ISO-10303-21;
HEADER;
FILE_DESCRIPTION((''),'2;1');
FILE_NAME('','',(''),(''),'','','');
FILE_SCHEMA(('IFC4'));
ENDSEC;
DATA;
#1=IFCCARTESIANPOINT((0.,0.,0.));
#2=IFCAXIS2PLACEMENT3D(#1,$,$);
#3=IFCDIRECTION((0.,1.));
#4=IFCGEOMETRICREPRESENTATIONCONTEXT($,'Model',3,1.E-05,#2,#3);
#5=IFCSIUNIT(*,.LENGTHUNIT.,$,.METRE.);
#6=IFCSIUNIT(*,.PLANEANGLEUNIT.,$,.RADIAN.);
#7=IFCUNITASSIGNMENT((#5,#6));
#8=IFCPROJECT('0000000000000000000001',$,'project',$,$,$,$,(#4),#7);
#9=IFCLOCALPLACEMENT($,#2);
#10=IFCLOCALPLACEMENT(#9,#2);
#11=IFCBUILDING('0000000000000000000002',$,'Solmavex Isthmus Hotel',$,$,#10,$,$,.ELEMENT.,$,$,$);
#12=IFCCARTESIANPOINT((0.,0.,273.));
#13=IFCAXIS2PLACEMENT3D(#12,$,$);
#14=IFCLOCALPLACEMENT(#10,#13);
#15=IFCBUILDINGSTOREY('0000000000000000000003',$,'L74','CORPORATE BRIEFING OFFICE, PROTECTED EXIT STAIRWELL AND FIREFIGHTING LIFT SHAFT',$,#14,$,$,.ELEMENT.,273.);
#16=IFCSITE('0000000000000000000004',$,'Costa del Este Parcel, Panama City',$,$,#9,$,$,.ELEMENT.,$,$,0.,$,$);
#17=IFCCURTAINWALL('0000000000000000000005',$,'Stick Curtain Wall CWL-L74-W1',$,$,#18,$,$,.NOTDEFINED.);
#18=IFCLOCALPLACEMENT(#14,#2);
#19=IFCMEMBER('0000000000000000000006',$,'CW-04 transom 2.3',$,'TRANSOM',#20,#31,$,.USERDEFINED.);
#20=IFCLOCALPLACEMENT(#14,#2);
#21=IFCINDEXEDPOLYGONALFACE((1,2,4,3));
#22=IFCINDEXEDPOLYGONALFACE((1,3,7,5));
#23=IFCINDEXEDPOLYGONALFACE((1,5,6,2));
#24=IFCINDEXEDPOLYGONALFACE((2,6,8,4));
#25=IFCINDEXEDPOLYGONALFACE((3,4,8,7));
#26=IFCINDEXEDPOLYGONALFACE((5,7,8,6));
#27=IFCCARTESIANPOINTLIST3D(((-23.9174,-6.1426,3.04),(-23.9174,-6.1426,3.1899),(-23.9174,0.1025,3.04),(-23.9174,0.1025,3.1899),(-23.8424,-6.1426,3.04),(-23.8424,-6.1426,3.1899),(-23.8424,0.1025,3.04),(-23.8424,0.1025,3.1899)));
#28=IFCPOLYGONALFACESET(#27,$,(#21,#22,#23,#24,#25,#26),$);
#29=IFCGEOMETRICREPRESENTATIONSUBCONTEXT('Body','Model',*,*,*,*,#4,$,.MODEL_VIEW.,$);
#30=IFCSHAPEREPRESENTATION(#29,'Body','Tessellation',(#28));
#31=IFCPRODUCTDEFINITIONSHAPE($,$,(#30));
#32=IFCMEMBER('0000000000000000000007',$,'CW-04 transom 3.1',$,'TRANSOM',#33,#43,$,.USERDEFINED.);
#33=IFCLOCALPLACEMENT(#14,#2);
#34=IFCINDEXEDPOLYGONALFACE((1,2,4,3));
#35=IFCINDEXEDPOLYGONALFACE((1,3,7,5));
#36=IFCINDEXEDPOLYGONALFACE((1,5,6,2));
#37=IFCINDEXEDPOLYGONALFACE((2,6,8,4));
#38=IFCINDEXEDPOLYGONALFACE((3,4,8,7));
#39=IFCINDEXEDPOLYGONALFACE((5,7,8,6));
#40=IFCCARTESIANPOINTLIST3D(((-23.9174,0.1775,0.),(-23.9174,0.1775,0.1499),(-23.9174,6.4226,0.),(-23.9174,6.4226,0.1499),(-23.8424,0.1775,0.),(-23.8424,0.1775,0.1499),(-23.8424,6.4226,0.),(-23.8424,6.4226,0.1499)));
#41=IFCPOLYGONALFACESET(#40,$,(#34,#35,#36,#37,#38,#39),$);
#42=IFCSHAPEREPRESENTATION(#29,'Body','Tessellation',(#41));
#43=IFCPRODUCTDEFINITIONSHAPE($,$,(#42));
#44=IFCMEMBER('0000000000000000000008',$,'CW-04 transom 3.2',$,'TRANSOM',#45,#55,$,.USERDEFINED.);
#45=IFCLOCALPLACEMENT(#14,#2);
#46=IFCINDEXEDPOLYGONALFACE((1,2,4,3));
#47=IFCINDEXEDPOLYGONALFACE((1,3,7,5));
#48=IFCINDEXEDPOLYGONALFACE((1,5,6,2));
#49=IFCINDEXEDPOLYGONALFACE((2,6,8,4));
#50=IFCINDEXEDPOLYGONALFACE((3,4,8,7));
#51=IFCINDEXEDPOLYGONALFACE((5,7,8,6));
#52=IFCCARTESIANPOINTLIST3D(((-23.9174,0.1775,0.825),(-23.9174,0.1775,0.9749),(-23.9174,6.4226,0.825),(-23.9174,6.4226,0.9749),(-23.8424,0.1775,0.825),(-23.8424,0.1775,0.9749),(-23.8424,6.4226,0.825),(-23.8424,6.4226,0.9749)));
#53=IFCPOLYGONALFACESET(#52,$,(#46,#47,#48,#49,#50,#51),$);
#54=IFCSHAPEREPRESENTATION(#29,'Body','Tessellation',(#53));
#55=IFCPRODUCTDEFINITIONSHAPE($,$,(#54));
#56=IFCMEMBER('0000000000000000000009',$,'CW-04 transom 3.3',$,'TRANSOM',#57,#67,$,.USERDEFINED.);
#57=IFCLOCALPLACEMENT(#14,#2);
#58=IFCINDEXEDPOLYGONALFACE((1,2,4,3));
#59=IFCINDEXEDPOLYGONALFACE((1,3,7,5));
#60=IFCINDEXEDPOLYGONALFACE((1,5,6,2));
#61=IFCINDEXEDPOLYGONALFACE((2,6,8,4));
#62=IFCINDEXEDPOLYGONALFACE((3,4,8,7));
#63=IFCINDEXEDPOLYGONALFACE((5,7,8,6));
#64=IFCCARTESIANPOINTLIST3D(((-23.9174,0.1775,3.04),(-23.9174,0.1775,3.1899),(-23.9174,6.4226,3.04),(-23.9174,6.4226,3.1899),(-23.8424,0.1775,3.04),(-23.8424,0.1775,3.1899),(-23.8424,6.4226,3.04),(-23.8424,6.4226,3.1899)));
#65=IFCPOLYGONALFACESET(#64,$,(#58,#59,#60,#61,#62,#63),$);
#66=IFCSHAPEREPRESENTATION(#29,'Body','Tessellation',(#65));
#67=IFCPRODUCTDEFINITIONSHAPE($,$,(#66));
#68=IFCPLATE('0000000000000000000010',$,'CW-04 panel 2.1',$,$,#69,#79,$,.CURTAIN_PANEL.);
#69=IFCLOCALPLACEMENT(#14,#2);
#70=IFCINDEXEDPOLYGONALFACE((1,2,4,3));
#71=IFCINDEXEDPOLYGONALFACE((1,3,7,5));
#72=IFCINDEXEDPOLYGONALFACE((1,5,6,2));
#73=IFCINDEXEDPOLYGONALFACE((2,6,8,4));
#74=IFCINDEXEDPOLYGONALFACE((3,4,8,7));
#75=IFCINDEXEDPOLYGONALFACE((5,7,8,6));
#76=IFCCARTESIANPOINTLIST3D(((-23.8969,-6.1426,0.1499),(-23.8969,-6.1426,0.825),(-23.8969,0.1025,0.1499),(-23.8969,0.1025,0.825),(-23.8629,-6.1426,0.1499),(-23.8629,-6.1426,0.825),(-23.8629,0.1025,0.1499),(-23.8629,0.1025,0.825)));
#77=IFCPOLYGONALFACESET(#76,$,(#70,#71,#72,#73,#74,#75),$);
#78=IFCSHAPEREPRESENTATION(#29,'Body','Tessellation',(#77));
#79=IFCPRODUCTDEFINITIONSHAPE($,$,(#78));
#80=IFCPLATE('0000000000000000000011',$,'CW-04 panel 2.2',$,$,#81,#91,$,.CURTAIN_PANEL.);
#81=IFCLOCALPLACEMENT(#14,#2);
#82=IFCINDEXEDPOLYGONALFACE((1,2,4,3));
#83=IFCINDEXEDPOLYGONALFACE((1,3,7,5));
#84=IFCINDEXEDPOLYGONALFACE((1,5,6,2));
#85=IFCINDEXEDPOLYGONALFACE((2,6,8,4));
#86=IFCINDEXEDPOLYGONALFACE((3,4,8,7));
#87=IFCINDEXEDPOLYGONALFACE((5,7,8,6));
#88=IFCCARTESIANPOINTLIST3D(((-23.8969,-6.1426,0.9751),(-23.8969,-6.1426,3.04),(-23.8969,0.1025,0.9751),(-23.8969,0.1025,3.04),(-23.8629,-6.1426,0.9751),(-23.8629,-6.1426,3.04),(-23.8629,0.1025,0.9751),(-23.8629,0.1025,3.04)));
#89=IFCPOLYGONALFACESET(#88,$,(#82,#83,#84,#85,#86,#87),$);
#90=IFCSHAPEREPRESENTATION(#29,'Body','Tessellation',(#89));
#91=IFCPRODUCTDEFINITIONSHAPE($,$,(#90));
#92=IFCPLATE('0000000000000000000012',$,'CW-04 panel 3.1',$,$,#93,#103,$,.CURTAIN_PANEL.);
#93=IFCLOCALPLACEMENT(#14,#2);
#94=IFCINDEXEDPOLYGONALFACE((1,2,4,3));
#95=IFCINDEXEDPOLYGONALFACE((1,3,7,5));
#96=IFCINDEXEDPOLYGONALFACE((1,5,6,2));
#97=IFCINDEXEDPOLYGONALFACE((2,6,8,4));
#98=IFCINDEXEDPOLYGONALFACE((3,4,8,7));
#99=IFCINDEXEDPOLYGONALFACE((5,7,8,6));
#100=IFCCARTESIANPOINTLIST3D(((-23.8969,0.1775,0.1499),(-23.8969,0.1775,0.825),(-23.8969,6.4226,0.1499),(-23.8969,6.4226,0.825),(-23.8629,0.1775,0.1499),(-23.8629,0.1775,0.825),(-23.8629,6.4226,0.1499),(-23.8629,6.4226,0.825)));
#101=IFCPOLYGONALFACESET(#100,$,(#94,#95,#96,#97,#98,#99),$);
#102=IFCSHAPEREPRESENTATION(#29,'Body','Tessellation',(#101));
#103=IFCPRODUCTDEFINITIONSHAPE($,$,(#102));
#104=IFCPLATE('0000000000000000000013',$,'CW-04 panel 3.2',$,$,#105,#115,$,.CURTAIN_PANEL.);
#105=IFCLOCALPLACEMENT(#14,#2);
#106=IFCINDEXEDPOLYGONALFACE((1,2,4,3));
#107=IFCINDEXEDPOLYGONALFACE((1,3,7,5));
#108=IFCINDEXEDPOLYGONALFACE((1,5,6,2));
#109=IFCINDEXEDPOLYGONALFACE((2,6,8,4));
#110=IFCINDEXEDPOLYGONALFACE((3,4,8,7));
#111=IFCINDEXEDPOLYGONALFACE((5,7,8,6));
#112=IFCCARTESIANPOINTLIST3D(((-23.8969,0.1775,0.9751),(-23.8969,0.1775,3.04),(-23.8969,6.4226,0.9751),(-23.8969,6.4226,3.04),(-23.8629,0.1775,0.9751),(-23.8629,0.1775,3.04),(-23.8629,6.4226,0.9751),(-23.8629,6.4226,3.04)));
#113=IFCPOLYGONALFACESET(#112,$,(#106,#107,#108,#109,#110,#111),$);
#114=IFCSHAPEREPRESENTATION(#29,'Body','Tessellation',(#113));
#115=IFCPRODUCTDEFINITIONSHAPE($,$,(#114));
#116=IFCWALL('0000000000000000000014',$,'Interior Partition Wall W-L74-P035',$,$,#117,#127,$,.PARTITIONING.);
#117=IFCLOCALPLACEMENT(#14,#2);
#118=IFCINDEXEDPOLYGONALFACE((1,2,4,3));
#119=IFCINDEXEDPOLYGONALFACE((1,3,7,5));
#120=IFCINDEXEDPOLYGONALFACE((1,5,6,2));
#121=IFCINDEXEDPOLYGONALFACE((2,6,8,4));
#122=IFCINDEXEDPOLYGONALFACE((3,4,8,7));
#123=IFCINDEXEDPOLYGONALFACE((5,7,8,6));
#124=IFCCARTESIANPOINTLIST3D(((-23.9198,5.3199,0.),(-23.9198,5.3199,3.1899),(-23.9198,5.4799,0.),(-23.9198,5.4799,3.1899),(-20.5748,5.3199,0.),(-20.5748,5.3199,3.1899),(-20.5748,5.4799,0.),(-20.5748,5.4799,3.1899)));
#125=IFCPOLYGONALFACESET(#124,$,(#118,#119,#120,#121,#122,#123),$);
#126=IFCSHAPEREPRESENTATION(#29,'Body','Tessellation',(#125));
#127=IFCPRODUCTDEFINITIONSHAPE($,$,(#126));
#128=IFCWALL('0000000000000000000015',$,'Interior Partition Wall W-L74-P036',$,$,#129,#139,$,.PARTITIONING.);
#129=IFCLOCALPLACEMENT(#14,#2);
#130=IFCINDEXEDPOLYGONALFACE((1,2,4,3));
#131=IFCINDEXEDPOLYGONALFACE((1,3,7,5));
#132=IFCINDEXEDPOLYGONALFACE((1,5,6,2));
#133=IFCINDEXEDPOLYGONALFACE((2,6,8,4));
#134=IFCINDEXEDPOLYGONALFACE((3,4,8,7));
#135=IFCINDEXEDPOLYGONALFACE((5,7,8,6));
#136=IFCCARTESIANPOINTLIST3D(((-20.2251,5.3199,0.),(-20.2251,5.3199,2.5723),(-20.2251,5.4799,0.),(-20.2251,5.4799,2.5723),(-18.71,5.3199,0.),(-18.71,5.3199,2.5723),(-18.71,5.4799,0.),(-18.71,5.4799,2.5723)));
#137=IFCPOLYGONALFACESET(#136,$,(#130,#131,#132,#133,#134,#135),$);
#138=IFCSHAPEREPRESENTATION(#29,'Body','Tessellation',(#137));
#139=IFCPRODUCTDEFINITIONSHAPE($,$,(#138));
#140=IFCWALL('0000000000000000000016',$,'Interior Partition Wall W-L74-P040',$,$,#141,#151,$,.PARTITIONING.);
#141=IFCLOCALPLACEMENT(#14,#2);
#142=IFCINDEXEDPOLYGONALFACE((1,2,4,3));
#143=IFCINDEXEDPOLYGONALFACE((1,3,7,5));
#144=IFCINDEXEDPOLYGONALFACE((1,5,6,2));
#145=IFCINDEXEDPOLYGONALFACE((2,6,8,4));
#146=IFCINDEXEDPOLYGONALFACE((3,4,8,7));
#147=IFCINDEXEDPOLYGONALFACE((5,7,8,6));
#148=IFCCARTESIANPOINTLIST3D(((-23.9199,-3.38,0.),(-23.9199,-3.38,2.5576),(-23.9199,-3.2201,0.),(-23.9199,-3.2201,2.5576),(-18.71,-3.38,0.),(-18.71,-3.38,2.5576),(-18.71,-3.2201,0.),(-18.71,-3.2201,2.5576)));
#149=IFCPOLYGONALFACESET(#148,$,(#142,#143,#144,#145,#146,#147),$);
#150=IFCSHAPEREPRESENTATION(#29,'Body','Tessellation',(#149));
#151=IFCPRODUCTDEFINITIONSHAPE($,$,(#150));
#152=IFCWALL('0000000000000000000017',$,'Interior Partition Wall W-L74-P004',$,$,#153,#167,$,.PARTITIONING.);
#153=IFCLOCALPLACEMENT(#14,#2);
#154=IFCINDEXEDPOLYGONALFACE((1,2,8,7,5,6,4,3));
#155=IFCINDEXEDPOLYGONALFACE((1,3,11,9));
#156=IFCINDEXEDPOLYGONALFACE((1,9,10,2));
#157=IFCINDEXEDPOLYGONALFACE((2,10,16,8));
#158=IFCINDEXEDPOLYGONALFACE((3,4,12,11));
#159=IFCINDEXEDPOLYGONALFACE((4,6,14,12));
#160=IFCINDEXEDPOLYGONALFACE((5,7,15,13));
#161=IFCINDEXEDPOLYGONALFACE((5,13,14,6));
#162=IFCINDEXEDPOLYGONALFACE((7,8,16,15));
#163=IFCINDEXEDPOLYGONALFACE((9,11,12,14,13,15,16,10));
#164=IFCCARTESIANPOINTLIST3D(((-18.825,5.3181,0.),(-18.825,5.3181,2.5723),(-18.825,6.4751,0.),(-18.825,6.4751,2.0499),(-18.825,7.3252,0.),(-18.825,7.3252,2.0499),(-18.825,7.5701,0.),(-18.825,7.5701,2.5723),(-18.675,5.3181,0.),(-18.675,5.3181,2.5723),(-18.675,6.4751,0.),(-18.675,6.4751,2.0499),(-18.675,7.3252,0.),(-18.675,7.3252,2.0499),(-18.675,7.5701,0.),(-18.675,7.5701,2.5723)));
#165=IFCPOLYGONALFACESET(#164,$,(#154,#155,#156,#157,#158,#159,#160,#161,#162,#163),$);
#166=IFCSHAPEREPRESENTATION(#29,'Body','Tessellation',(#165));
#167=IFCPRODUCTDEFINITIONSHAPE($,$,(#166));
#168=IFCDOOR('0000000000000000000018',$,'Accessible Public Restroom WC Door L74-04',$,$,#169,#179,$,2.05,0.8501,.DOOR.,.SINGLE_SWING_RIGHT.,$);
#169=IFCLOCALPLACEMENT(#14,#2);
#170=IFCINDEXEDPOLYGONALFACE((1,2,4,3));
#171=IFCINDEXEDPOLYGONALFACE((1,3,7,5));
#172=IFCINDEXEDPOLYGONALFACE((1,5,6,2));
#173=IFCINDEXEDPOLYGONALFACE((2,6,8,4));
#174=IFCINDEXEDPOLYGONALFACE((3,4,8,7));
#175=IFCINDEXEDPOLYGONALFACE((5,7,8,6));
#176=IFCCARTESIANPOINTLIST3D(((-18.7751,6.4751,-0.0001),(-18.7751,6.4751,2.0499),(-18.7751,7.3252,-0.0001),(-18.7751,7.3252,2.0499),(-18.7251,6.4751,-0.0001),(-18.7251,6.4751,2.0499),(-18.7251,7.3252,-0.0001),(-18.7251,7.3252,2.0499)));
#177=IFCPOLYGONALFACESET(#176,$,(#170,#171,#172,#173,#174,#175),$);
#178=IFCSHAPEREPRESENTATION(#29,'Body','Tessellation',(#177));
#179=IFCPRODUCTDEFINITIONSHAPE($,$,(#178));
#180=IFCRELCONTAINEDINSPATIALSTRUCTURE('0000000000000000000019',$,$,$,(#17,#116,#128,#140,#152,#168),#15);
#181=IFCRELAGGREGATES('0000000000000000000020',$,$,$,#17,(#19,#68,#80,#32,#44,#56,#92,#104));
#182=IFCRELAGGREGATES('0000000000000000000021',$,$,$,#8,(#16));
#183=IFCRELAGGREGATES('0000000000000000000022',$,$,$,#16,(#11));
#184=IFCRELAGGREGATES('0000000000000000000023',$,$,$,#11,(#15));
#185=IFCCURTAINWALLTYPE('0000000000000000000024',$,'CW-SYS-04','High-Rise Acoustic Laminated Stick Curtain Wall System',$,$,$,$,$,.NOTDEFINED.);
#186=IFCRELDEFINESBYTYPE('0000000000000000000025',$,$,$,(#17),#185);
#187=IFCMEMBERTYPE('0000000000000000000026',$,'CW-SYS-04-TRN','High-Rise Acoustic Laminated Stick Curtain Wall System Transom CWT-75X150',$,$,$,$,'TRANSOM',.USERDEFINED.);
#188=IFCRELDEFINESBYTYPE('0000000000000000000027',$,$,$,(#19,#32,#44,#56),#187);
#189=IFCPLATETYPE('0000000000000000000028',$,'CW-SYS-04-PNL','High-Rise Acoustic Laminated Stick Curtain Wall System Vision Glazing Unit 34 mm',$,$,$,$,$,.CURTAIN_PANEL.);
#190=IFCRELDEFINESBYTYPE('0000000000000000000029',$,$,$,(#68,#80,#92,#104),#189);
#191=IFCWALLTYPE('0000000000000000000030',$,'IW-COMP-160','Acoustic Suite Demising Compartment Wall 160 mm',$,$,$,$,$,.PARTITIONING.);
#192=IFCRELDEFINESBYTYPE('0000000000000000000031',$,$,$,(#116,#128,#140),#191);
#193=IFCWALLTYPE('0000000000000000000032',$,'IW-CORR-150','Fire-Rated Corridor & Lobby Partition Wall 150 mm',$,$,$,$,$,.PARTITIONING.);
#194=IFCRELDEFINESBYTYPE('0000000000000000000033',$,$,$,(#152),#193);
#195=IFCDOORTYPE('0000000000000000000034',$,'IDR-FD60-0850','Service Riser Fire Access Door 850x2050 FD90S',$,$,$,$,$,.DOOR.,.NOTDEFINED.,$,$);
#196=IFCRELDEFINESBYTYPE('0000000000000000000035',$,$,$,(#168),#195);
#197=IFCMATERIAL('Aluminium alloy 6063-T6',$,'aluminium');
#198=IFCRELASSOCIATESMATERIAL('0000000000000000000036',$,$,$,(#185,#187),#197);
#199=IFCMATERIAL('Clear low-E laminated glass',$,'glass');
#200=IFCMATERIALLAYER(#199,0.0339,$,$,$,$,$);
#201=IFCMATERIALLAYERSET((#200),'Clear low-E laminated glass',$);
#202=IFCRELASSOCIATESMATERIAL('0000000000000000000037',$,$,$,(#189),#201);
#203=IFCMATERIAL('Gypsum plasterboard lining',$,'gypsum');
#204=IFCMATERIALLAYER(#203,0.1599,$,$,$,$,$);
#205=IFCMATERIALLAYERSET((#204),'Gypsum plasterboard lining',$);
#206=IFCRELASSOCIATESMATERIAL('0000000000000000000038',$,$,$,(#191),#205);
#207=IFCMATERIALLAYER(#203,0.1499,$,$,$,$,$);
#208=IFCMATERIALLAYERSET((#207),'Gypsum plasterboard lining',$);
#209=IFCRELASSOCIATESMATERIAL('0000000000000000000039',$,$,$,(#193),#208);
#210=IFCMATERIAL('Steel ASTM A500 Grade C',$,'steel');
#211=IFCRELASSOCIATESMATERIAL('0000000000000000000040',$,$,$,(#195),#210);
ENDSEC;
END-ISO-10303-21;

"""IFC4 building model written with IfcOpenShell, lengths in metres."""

from ifc_helpers import new_model, si_unit, direction, frame, frame_2d, origin, origin_2d, place, context, subcontext, project, spatial, rectangle, extrude, material, layer, layer_set, material_profile, profile_set, type_object, element, fill, aggregate, save


model = new_model("IFC4")

# Units and contexts
model_context = context("Model", 3, precision=1e-05, world=origin(), true_north=direction((0.0, 1.0)))
body_context = subcontext(model_context, "Body", "Model", "MODEL_VIEW")
ifc_project = project(units=[si_unit("LENGTHUNIT", "METRE"), si_unit("PLANEANGLEUNIT", "RADIAN")], contexts=[model_context])

# Site, building, storey
site_placement = place(None, origin())
site = spatial("IfcSite", under=ifc_project, at=site_placement, Name="Costa del Este Parcel, Panama City", CompositionType="ELEMENT", RefElevation=0.0)
building_placement = place(site_placement, origin())
building = spatial("IfcBuilding", under=site, at=building_placement, Name="Solmavex Isthmus Hotel", CompositionType="ELEMENT")
storey_placement = place(building_placement, frame((0.0, 0.0, 273.0)))
storey = spatial("IfcBuildingStorey", under=building, at=storey_placement, Name="L74", Description="CORPORATE BRIEFING OFFICE, PROTECTED EXIT STAIRWELL AND FIREFIGHTING LIFT SHAFT", CompositionType="ELEMENT", Elevation=273.0)

# Curtain wall, members, plates
ifc_material_1 = material(Name="Aluminium alloy 6063-T6", Category="aluminium")
curtain_wall_type = type_object("IfcCurtainWallType", Name="CW-SYS-04", Description="High-Rise Acoustic Laminated Stick Curtain Wall System", PredefinedType="NOTDEFINED", material=ifc_material_1)
curtain_wall_placement = place(storey_placement, origin())
curtain_wall = element("IfcCurtainWall", 1, at=curtain_wall_placement, inside=storey, type_object=curtain_wall_type, Name="Stick Curtain Wall CWL-L74-W1", PredefinedType="NOTDEFINED")
ifc_material_profile_1 = material_profile(ifc_material_1, rectangle(XDim=0.075, YDim=0.1499, at=origin_2d()), Name="CWT-75X150")
ifc_profile_set_1 = profile_set([ifc_material_profile_1], Name="Aluminium alloy 6063-T6")
member_type_1 = type_object("IfcMemberType", Name="CW-SYS-04-TRN", Description="High-Rise Acoustic Laminated Stick Curtain Wall System Transom CWT-75X150", ElementType="TRANSOM", PredefinedType="USERDEFINED", material=ifc_profile_set_1)
member_1_placement = place(storey_placement, frame((-23.8799, -6.1426, 3.115), z_axis=(0.0, 1.0, 0.0), x_axis=(-1.0, 0.0, 0.0)))
member_1 = element("IfcMember", 2, at=member_1_placement, type_object=member_type_1, Name="CW-04 transom 2.3", ObjectType="TRANSOM", PredefinedType="USERDEFINED", context=body_context, shape_type="SweptSolid", body=[
    extrude(rectangle(XDim=0.075, YDim=0.1499, at=origin_2d()), origin(), (0.0, 0.0, 1.0), 6.2451),
])
member_2_placement = place(storey_placement, frame((-23.8799, 0.1775, 0.075), z_axis=(0.0, 1.0, 0.0), x_axis=(-1.0, 0.0, 0.0)))
member_2 = element("IfcMember", 3, at=member_2_placement, type_object=member_type_1, Name="CW-04 transom 3.1", ObjectType="TRANSOM", PredefinedType="USERDEFINED", context=body_context, shape_type="SweptSolid", body=[
    extrude(rectangle(XDim=0.075, YDim=0.1499, at=origin_2d()), origin(), (0.0, 0.0, 1.0), 6.2451),
])
member_3_placement = place(storey_placement, frame((-23.8799, 0.1775, 0.8999), z_axis=(0.0, 1.0, 0.0), x_axis=(-1.0, 0.0, 0.0)))
member_3 = element("IfcMember", 4, at=member_3_placement, type_object=member_type_1, Name="CW-04 transom 3.2", ObjectType="TRANSOM", PredefinedType="USERDEFINED", context=body_context, shape_type="SweptSolid", body=[
    extrude(rectangle(XDim=0.075, YDim=0.1499, at=origin_2d()), origin(), (0.0, 0.0, 1.0), 6.2451),
])
member_4_placement = place(storey_placement, frame((-23.8799, 0.1775, 3.115), z_axis=(0.0, 1.0, 0.0), x_axis=(-1.0, 0.0, 0.0)))
member_4 = element("IfcMember", 5, at=member_4_placement, type_object=member_type_1, Name="CW-04 transom 3.3", ObjectType="TRANSOM", PredefinedType="USERDEFINED", context=body_context, shape_type="SweptSolid", body=[
    extrude(rectangle(XDim=0.075, YDim=0.1499, at=origin_2d()), origin(), (0.0, 0.0, 1.0), 6.2451),
])
ifc_material_2 = material(Name="Clear low-E laminated glass", Category="glass")
ifc_layer_1 = layer(ifc_material_2, 0.0339)
ifc_layer_set_1 = layer_set([ifc_layer_1], Name="Clear low-E laminated glass")
plate_type = type_object("IfcPlateType", Name="CW-SYS-04-PNL", Description="High-Rise Acoustic Laminated Stick Curtain Wall System Vision Glazing Unit 34 mm", PredefinedType="CURTAIN_PANEL", material=ifc_layer_set_1)
plate_1_placement = place(storey_placement, frame((-23.8799, -3.02, 0.1499), z_axis=(0.0, 0.0, 1.0), x_axis=(0.0, 1.0, 0.0)))
plate_1 = element("IfcPlate", 6, at=plate_1_placement, type_object=plate_type, Name="CW-04 panel 2.1", PredefinedType="CURTAIN_PANEL", context=body_context, shape_type="SweptSolid", body=[
    extrude(rectangle(XDim=6.2451, YDim=0.0339, at=origin_2d()), origin(), (0.0, 0.0, 1.0), 0.675),
])
plate_2_placement = place(storey_placement, frame((-23.8799, -3.02, 0.9751), z_axis=(0.0, 0.0, 1.0), x_axis=(0.0, 1.0, 0.0)))
plate_2 = element("IfcPlate", 7, at=plate_2_placement, type_object=plate_type, Name="CW-04 panel 2.2", PredefinedType="CURTAIN_PANEL", context=body_context, shape_type="SweptSolid", body=[
    extrude(rectangle(XDim=6.2451, YDim=0.0339, at=origin_2d()), origin(), (0.0, 0.0, 1.0), 2.0649),
])
plate_3_placement = place(storey_placement, frame((-23.8799, 3.3, 0.1499), z_axis=(0.0, 0.0, 1.0), x_axis=(0.0, 1.0, 0.0)))
plate_3 = element("IfcPlate", 8, at=plate_3_placement, type_object=plate_type, Name="CW-04 panel 3.1", PredefinedType="CURTAIN_PANEL", context=body_context, shape_type="SweptSolid", body=[
    extrude(rectangle(XDim=6.2451, YDim=0.0339, at=origin_2d()), origin(), (0.0, 0.0, 1.0), 0.675),
])
plate_4_placement = place(storey_placement, frame((-23.8799, 3.3, 0.9751), z_axis=(0.0, 0.0, 1.0), x_axis=(0.0, 1.0, 0.0)))
plate_4 = element("IfcPlate", 9, at=plate_4_placement, type_object=plate_type, Name="CW-04 panel 3.2", PredefinedType="CURTAIN_PANEL", context=body_context, shape_type="SweptSolid", body=[
    extrude(rectangle(XDim=6.2451, YDim=0.0339, at=origin_2d()), origin(), (0.0, 0.0, 1.0), 2.0649),
])
aggregate(curtain_wall, [member_1, plate_1, plate_2, member_2, member_3, member_4, plate_3, plate_4])

# Walls
ifc_material_3 = material(Name="Gypsum plasterboard lining", Category="gypsum")
ifc_layer_2 = layer(ifc_material_3, 0.1599)
ifc_layer_set_2 = layer_set([ifc_layer_2], Name="Gypsum plasterboard lining")
wall_type_1 = type_object("IfcWallType", Name="IW-COMP-160", Description="Acoustic Suite Demising Compartment Wall 160 mm", PredefinedType="PARTITIONING", material=ifc_layer_set_2)
wall_1_placement = place(storey_placement, frame((-20.575, 5.3999, 0.0), z_axis=(0.0, 0.0, 1.0), x_axis=(-1.0, 0.0, 0.0)))
element("IfcWall", 10, at=wall_1_placement, inside=storey, type_object=wall_type_1, Name="Interior Partition Wall W-L74-P035", PredefinedType="PARTITIONING", context=body_context, shape_type="SweptSolid", body=[
    extrude(rectangle(XDim=3.345, YDim=0.1599, at=frame_2d((1.6724, 0.0))), origin(), (0.0, 0.0, 1.0), 3.1899),
])
wall_2_placement = place(storey_placement, frame((-18.71, 5.3999, 0.0), z_axis=(0.0, 0.0, 1.0), x_axis=(-1.0, 0.0, 0.0)))
element("IfcWall", 11, at=wall_2_placement, inside=storey, type_object=wall_type_1, Name="Interior Partition Wall W-L74-P036", PredefinedType="PARTITIONING", context=body_context, shape_type="SweptSolid", body=[
    extrude(rectangle(XDim=1.5151, YDim=0.1599, at=frame_2d((0.7576, 0.0))), origin(), (0.0, 0.0, 1.0), 2.5723),
])
wall_3_placement = place(storey_placement, frame((-18.71, -3.3, 0.0), z_axis=(0.0, 0.0, 1.0), x_axis=(-1.0, 0.0, 0.0)))
element("IfcWall", 12, at=wall_3_placement, inside=storey, type_object=wall_type_1, Name="Interior Partition Wall W-L74-P040", PredefinedType="PARTITIONING", context=body_context, shape_type="SweptSolid", body=[
    extrude(rectangle(XDim=5.21, YDim=0.1599, at=frame_2d((2.605, 0.0))), origin(), (0.0, 0.0, 1.0), 2.5576),
])

# Wall, opening, door
ifc_layer_3 = layer(ifc_material_3, 0.1499)
ifc_layer_set_3 = layer_set([ifc_layer_3], Name="Gypsum plasterboard lining")
wall_type_2 = type_object("IfcWallType", Name="IW-CORR-150", Description="Fire-Rated Corridor & Lobby Partition Wall 150 mm", PredefinedType="PARTITIONING", material=ifc_layer_set_3)
wall_4_placement = place(storey_placement, frame((-18.75, 5.3181, 0.0), z_axis=(0.0, 0.0, 1.0), x_axis=(0.0, 1.0, 0.0)))
wall_4 = element("IfcWall", 13, at=wall_4_placement, inside=storey, type_object=wall_type_2, Name="Interior Partition Wall W-L74-P004", PredefinedType="PARTITIONING", context=body_context, shape_type="SweptSolid", body=[
    extrude(rectangle(XDim=2.252, YDim=0.1499, at=frame_2d((1.126, 0.0))), origin(), (0.0, 0.0, 1.0), 2.5723),
])
opening_1_placement = place(wall_4_placement, frame((1.157, 0.0, 0.0)))
opening_1 = element("IfcOpeningElement", 14, at=opening_1_placement, cuts=wall_4, PredefinedType="OPENING", context=body_context, shape_type="SweptSolid", body=[
    extrude(rectangle(XDim=0.8501, YDim=2.05, at=frame_2d((0.425, 1.0249))), frame((0.0, 0.085, 0.0), z_axis=(0.0, -1.0, 0.0), x_axis=(1.0, 0.0, 0.0)), (0.0, 0.0, 1.0), 0.1699),
])
ifc_material_4 = material(Name="Steel ASTM A500 Grade C", Category="steel")
door_type_1 = type_object("IfcDoorType", Name="IDR-FD60-0850", Description="Service Riser Fire Access Door 850x2050 FD90S", OperationType="NOTDEFINED", PredefinedType="DOOR", material=ifc_material_4)
door_1_placement = place(opening_1_placement, frame((0.8501, 0.0, 0.0), z_axis=(0.0, 0.0, 1.0), x_axis=(-1.0, 0.0, 0.0)))
door_1 = element("IfcDoor", 15, at=door_1_placement, inside=storey, type_object=door_type_1, Name="Accessible Public Restroom WC Door L74-04", OperationType="SINGLE_SWING_RIGHT", OverallHeight=2.05, OverallWidth=0.8501, PredefinedType="DOOR", context=body_context, shape_type="SweptSolid", body=[
    extrude(rectangle(XDim=0.8501, YDim=2.05, at=frame_2d((0.425, 1.0249))), frame((0.0, 0.0249, 0.0), z_axis=(0.0, -1.0, 0.0), x_axis=(1.0, 0.0, 0.0)), (0.0, 0.0, 1.0), 0.05),
])
fill(opening_1, door_1)

save(model, "model.ifc")
